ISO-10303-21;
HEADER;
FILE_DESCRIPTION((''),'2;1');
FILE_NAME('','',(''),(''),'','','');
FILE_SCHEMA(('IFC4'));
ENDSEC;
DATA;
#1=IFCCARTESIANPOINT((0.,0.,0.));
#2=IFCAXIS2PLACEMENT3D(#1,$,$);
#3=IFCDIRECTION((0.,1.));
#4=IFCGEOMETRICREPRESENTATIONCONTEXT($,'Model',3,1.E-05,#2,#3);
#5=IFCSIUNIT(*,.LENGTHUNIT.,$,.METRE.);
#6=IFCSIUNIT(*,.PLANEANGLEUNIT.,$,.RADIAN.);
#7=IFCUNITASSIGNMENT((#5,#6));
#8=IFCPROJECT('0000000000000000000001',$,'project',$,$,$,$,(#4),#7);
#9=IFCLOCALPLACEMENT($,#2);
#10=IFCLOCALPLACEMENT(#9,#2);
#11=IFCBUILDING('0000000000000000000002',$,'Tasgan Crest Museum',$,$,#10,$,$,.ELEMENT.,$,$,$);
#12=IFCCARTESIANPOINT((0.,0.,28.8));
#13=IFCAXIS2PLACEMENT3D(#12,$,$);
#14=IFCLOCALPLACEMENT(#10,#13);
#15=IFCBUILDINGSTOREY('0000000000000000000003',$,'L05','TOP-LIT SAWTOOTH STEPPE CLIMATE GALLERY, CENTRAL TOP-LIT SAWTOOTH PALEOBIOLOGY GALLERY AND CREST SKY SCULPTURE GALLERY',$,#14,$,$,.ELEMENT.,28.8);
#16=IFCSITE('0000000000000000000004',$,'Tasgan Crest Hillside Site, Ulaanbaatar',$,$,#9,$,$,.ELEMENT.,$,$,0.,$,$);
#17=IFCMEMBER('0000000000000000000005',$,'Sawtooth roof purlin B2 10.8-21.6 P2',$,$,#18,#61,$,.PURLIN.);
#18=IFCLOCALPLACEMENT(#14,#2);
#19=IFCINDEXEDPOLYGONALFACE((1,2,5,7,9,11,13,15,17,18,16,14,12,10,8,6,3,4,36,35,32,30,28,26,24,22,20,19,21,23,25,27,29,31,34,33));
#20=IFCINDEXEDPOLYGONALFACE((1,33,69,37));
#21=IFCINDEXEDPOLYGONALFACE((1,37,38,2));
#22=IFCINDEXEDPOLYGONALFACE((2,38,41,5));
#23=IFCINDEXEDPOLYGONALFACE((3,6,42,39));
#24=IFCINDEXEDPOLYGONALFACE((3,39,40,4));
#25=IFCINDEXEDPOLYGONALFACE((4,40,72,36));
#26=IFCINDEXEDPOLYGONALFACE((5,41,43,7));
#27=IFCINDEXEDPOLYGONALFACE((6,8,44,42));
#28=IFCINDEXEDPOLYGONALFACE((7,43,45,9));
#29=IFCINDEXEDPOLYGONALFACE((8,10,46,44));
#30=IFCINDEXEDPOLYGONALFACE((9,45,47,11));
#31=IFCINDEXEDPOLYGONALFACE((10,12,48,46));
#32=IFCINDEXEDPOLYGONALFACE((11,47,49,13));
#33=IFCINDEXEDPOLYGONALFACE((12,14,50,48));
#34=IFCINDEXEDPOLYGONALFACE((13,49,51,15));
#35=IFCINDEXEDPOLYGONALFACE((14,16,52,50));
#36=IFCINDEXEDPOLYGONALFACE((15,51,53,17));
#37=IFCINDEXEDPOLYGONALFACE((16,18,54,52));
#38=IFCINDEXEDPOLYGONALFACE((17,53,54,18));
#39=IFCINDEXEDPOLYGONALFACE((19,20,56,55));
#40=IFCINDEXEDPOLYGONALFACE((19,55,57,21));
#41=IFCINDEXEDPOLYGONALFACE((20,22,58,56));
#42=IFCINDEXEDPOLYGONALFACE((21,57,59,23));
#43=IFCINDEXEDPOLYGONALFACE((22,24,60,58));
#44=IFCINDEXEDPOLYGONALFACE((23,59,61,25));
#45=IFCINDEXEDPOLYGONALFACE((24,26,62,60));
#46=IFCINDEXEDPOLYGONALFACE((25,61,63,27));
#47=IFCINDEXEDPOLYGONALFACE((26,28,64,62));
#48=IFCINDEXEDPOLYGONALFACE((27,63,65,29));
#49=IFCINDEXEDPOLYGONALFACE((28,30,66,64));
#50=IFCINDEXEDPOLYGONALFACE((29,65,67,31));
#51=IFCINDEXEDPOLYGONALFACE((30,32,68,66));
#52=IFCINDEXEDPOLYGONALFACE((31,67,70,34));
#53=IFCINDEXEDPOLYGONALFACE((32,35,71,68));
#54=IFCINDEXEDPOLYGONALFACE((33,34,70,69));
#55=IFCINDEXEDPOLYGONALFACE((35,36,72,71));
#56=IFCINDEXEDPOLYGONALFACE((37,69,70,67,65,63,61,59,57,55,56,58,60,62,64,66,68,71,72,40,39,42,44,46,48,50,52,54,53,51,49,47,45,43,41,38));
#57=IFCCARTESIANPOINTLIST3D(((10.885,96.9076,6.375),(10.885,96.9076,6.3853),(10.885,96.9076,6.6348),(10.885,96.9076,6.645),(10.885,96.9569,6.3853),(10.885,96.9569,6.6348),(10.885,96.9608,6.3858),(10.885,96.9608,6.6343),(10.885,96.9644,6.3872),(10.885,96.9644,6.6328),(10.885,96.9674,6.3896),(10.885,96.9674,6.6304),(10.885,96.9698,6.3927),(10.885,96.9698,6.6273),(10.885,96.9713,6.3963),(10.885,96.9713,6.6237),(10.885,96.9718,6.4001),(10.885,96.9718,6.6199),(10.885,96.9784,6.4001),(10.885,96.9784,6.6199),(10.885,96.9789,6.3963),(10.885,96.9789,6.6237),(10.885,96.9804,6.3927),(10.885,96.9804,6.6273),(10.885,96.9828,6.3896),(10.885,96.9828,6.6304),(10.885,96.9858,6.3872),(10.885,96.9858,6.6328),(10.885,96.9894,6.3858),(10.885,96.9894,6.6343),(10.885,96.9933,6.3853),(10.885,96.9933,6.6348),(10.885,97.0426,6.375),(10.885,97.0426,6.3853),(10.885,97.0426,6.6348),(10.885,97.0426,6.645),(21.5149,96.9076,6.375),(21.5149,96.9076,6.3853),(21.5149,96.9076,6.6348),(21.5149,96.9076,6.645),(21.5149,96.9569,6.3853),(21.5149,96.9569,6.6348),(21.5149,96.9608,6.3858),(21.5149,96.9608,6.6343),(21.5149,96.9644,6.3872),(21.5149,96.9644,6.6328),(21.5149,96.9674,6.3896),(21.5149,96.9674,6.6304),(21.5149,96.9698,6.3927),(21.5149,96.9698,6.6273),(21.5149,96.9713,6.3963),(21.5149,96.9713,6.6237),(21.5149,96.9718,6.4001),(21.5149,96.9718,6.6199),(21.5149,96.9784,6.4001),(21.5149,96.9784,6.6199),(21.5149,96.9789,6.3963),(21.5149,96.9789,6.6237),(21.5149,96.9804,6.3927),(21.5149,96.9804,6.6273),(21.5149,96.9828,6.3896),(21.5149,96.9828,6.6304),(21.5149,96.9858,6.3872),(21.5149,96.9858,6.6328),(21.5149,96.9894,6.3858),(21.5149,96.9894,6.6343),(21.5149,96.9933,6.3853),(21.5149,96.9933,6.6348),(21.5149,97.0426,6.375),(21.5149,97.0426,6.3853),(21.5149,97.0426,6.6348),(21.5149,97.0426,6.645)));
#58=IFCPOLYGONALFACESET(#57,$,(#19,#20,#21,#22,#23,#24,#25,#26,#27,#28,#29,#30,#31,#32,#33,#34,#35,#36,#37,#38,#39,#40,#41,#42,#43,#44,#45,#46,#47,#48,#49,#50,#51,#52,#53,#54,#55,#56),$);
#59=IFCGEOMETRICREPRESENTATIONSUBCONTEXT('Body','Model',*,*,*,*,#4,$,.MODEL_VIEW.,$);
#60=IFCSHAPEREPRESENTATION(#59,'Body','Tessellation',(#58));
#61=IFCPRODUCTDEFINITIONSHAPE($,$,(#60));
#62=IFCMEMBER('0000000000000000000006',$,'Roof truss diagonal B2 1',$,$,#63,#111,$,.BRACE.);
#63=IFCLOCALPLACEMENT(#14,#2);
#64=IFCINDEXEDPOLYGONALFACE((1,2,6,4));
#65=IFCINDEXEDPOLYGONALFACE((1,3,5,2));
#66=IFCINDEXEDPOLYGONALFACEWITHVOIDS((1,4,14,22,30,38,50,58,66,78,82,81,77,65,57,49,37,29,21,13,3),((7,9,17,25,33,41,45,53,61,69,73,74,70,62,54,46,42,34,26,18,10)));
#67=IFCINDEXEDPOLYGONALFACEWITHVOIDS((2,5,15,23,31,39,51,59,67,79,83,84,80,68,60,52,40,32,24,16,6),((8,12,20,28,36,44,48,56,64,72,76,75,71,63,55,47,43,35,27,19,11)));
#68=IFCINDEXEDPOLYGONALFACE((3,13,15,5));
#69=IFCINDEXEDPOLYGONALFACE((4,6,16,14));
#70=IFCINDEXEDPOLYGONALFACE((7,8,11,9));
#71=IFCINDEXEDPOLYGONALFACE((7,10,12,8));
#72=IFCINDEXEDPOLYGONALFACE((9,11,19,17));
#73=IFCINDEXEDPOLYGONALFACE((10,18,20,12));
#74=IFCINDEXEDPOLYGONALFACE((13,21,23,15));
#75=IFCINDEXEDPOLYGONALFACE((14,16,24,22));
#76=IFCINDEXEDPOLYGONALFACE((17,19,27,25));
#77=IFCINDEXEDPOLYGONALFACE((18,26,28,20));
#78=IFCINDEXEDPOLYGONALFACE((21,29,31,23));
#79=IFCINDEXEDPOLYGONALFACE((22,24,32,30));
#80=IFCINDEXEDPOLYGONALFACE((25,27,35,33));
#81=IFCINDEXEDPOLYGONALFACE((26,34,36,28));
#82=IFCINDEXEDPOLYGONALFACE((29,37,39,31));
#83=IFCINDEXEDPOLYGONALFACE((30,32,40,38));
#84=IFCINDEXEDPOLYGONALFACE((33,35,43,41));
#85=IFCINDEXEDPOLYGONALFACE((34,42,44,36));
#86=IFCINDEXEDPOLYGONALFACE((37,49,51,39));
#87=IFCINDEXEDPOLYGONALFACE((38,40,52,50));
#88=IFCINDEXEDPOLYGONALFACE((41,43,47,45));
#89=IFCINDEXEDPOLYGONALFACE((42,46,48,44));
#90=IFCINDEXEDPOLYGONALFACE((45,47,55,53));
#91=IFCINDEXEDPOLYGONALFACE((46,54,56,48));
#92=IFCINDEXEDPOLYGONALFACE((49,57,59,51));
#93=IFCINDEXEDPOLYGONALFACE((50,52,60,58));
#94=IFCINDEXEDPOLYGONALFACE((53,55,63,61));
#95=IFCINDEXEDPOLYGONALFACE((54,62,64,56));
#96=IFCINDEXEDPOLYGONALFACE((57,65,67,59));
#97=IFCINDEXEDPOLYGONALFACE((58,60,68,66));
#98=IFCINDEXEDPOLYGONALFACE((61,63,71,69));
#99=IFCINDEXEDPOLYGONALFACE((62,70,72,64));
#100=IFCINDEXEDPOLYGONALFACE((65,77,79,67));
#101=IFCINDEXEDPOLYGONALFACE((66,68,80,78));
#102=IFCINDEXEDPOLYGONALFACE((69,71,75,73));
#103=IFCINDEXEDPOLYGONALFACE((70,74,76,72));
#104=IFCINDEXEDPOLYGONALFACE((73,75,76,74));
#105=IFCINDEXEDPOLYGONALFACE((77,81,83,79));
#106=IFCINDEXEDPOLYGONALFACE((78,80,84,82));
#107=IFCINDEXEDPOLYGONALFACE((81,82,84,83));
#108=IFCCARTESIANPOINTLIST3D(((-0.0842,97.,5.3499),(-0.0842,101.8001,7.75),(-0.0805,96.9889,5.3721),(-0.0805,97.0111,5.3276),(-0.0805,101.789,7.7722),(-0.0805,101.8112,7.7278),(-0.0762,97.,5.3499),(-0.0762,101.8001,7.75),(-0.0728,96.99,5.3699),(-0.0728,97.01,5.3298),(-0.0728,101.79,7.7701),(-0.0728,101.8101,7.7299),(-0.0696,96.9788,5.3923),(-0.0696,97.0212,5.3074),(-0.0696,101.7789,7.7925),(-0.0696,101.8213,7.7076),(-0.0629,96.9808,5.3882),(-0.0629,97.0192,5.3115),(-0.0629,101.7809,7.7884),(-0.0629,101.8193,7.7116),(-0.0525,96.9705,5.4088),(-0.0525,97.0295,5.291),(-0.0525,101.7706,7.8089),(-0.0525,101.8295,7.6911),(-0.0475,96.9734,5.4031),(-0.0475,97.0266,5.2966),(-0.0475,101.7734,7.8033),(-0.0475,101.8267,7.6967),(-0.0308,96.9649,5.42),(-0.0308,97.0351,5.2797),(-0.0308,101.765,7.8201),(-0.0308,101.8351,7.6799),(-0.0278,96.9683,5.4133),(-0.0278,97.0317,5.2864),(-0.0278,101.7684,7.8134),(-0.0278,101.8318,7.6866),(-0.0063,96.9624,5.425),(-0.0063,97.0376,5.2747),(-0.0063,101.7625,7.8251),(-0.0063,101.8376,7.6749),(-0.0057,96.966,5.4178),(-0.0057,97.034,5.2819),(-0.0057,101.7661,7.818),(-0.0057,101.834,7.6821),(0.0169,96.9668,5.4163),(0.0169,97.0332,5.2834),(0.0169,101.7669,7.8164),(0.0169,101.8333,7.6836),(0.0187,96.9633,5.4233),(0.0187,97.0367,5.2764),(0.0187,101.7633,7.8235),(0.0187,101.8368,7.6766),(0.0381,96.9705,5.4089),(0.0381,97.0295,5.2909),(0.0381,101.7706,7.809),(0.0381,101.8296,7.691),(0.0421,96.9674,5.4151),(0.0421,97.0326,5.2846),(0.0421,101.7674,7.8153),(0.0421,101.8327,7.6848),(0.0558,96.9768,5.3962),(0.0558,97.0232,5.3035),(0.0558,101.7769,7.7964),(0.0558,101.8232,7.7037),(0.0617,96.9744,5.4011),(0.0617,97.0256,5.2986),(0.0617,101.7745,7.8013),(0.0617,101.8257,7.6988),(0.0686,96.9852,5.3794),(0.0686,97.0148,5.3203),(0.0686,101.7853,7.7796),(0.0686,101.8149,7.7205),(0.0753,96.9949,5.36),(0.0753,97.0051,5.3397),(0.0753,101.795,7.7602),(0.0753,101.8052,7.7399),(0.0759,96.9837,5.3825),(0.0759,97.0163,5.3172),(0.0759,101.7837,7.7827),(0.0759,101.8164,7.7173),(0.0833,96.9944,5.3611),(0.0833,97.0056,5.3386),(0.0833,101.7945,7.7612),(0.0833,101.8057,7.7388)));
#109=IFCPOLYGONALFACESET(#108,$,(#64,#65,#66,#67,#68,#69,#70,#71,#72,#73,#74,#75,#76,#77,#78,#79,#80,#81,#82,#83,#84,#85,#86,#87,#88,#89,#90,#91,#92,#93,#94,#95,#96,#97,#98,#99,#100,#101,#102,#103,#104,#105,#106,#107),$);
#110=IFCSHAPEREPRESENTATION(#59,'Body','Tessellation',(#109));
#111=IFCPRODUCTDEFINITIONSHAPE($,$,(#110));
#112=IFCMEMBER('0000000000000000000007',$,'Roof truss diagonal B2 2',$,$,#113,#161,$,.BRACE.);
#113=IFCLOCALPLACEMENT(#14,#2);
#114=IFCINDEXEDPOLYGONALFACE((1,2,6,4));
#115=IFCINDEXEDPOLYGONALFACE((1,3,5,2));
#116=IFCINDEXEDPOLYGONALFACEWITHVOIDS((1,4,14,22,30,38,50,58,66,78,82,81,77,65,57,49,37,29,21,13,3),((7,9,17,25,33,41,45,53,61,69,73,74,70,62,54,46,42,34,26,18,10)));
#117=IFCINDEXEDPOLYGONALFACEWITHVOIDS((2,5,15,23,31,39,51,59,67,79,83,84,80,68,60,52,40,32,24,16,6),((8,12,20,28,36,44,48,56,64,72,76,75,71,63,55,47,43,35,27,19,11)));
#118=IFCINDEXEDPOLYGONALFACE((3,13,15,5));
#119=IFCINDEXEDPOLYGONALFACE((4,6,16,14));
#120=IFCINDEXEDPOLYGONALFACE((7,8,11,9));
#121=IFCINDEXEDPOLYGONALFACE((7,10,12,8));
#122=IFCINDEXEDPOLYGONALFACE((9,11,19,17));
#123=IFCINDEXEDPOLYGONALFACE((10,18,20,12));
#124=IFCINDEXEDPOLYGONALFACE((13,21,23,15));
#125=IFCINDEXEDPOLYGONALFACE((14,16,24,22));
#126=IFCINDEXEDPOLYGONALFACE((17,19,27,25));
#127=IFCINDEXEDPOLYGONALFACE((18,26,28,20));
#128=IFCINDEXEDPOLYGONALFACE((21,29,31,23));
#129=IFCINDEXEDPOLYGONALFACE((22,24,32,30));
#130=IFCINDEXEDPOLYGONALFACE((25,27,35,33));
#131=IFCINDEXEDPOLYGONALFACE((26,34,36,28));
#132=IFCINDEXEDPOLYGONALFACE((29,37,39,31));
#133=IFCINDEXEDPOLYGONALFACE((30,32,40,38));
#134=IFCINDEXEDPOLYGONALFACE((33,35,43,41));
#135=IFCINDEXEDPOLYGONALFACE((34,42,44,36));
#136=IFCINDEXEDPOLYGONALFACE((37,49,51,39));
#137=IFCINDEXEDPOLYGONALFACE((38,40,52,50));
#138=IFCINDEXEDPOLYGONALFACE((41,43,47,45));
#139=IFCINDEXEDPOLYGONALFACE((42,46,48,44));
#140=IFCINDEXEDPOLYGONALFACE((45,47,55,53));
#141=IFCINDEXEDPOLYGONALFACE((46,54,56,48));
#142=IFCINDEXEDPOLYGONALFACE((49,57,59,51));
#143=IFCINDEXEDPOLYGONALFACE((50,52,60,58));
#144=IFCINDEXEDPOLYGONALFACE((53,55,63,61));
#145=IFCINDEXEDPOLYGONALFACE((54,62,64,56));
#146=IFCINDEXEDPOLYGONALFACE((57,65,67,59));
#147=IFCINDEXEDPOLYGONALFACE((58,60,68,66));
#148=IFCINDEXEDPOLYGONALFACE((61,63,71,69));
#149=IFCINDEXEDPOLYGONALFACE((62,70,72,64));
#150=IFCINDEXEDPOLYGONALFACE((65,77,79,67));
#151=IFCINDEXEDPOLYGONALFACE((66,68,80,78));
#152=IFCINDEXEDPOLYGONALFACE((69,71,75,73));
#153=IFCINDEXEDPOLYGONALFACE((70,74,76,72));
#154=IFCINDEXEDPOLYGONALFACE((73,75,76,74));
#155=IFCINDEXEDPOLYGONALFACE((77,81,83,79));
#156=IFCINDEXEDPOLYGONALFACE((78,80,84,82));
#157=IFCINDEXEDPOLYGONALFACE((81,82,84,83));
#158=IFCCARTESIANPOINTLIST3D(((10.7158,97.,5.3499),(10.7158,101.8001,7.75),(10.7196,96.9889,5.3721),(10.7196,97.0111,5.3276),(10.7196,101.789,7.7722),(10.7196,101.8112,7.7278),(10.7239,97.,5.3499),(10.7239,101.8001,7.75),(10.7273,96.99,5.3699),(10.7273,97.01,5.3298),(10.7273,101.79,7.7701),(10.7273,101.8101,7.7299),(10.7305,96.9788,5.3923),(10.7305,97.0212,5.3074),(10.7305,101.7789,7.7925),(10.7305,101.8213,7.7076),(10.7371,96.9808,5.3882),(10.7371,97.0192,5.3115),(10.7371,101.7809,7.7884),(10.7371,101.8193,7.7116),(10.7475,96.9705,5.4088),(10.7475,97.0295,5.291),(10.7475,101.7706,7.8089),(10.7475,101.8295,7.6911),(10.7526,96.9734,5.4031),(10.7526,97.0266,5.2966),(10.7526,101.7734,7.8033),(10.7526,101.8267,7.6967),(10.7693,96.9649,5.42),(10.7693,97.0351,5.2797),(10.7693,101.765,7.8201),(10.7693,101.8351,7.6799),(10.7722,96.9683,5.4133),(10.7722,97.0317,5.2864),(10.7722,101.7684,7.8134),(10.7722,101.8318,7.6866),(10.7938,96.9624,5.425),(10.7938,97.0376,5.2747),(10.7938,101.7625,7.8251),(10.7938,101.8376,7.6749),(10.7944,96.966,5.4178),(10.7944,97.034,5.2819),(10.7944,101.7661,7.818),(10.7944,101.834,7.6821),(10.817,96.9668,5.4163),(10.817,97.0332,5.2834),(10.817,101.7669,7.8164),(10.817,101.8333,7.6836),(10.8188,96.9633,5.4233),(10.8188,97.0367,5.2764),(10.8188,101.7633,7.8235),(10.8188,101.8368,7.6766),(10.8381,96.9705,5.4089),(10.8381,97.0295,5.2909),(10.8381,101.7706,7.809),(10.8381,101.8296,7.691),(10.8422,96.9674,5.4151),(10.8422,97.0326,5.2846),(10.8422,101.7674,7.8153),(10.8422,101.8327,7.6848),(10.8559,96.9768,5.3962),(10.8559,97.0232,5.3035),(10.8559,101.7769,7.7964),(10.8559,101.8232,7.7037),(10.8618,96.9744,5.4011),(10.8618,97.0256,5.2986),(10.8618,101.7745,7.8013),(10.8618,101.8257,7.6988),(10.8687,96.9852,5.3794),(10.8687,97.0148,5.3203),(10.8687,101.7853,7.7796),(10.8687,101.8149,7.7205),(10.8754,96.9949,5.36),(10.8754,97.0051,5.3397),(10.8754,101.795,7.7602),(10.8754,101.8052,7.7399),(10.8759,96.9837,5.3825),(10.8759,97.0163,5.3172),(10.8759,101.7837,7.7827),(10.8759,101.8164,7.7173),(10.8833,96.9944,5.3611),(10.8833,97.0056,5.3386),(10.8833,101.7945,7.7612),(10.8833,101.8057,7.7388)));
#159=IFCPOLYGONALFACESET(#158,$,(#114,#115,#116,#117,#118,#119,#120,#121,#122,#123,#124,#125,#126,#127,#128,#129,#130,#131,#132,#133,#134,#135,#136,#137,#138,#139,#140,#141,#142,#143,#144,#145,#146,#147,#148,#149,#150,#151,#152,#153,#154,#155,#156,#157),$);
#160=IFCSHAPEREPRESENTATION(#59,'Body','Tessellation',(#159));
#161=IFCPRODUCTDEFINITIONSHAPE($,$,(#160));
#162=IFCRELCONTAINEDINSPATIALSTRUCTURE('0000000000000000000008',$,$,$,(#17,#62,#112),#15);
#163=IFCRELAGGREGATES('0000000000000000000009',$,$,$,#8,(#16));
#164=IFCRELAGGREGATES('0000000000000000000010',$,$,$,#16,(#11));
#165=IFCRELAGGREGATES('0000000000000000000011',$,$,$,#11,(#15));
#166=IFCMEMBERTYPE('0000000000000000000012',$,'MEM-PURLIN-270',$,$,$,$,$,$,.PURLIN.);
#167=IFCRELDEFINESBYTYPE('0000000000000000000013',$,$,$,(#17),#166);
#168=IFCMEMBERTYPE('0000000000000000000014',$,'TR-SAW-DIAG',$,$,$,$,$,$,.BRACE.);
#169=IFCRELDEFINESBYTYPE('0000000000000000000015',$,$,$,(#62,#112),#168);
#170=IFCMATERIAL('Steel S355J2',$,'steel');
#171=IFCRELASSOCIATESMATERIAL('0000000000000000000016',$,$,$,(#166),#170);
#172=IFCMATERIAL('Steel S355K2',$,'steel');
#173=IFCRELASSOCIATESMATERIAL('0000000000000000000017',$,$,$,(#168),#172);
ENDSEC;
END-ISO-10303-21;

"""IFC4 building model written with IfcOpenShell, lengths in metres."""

from ifc_helpers import new_model, si_unit, direction, frame, origin, origin_2d, place, context, subcontext, project, spatial, hollow_circle, i_section, extrude, material, material_profile, profile_set, type_object, element, save


model = new_model("IFC4")

# Units and contexts
model_context = context("Model", 3, precision=1e-05, world=origin(), true_north=direction((0.0, 1.0)))
body_context = subcontext(model_context, "Body", "Model", "MODEL_VIEW")
ifc_project = project(units=[si_unit("LENGTHUNIT", "METRE"), si_unit("PLANEANGLEUNIT", "RADIAN")], contexts=[model_context])

# Site, building, storey
site_placement = place(None, origin())
site = spatial("IfcSite", under=ifc_project, at=site_placement, Name="Tasgan Crest Hillside Site, Ulaanbaatar", CompositionType="ELEMENT", RefElevation=0.0)
building_placement = place(site_placement, origin())
building = spatial("IfcBuilding", under=site, at=building_placement, Name="Tasgan Crest Museum", CompositionType="ELEMENT")
storey_placement = place(building_placement, frame((0.0, 0.0, 28.8)))
storey = spatial("IfcBuildingStorey", under=building, at=storey_placement, Name="L05", Description="TOP-LIT SAWTOOTH STEPPE CLIMATE GALLERY, CENTRAL TOP-LIT SAWTOOTH PALEOBIOLOGY GALLERY AND CREST SKY SCULPTURE GALLERY", CompositionType="ELEMENT", Elevation=28.8)

# Members
ifc_material_1 = material(Name="Steel S355J2", Category="steel")
ifc_material_profile_1 = material_profile(ifc_material_1, i_section(OverallWidth=0.135, OverallDepth=0.27, WebThickness=0.0066, FlangeThickness=0.0103, FilletRadius=0.0149, at=origin_2d()), Name="IPE 270")
ifc_profile_set_1 = profile_set([ifc_material_profile_1], Name="Steel S355J2")
member_type_1 = type_object("IfcMemberType", Name="MEM-PURLIN-270", PredefinedType="PURLIN", material=ifc_profile_set_1)
member_1_placement = place(storey_placement, frame((10.885, 96.9751, 6.51), z_axis=(1.0, 0.0, 0.0), x_axis=(0.0, 1.0, 0.0)))
element("IfcMember", 1, at=member_1_placement, inside=storey, type_object=member_type_1, Name="Sawtooth roof purlin B2 10.8-21.6 P2", PredefinedType="PURLIN", context=body_context, shape_type="SweptSolid", body=[
    extrude(i_section(OverallWidth=0.135, OverallDepth=0.27, WebThickness=0.0066, FlangeThickness=0.0103, FilletRadius=0.0149, at=origin_2d()), origin(), (0.0, 0.0, 1.0), 10.6299),
])
ifc_material_2 = material(Name="Steel S355K2", Category="steel")
ifc_material_profile_2 = material_profile(ifc_material_2, hollow_circle(Radius=0.0842, WallThickness=0.0081, at=origin_2d()), Name="CHS 168.3x8")
ifc_profile_set_2 = profile_set([ifc_material_profile_2], Name="Steel S355K2")
member_type_2 = type_object("IfcMemberType", Name="TR-SAW-DIAG", PredefinedType="BRACE", material=ifc_profile_set_2)
for number, where, z_axis, x_axis, name in (
    (2, (0.0, 97.0, 5.3499), (0.0, 0.894418, 0.447232), (-1.0, 0.0, 0.0), "Roof truss diagonal B2 1"),
    (3, (10.8, 97.0, 5.3499), (0.0, 0.894418, 0.447232), (-1.0, 0.0, 0.0), "Roof truss diagonal B2 2"),
):
    element("IfcMember", number, at=place(storey_placement, frame(where, z_axis=z_axis, x_axis=x_axis)), inside=storey, type_object=member_type_2, Name=name, PredefinedType="BRACE", context=body_context, shape_type="SweptSolid", body=[
        extrude(hollow_circle(Radius=0.0842, WallThickness=0.0081, at=origin_2d()), origin(), (0.0, 0.0, 1.0), 5.3667),
    ])

save(model, "model.ifc")
